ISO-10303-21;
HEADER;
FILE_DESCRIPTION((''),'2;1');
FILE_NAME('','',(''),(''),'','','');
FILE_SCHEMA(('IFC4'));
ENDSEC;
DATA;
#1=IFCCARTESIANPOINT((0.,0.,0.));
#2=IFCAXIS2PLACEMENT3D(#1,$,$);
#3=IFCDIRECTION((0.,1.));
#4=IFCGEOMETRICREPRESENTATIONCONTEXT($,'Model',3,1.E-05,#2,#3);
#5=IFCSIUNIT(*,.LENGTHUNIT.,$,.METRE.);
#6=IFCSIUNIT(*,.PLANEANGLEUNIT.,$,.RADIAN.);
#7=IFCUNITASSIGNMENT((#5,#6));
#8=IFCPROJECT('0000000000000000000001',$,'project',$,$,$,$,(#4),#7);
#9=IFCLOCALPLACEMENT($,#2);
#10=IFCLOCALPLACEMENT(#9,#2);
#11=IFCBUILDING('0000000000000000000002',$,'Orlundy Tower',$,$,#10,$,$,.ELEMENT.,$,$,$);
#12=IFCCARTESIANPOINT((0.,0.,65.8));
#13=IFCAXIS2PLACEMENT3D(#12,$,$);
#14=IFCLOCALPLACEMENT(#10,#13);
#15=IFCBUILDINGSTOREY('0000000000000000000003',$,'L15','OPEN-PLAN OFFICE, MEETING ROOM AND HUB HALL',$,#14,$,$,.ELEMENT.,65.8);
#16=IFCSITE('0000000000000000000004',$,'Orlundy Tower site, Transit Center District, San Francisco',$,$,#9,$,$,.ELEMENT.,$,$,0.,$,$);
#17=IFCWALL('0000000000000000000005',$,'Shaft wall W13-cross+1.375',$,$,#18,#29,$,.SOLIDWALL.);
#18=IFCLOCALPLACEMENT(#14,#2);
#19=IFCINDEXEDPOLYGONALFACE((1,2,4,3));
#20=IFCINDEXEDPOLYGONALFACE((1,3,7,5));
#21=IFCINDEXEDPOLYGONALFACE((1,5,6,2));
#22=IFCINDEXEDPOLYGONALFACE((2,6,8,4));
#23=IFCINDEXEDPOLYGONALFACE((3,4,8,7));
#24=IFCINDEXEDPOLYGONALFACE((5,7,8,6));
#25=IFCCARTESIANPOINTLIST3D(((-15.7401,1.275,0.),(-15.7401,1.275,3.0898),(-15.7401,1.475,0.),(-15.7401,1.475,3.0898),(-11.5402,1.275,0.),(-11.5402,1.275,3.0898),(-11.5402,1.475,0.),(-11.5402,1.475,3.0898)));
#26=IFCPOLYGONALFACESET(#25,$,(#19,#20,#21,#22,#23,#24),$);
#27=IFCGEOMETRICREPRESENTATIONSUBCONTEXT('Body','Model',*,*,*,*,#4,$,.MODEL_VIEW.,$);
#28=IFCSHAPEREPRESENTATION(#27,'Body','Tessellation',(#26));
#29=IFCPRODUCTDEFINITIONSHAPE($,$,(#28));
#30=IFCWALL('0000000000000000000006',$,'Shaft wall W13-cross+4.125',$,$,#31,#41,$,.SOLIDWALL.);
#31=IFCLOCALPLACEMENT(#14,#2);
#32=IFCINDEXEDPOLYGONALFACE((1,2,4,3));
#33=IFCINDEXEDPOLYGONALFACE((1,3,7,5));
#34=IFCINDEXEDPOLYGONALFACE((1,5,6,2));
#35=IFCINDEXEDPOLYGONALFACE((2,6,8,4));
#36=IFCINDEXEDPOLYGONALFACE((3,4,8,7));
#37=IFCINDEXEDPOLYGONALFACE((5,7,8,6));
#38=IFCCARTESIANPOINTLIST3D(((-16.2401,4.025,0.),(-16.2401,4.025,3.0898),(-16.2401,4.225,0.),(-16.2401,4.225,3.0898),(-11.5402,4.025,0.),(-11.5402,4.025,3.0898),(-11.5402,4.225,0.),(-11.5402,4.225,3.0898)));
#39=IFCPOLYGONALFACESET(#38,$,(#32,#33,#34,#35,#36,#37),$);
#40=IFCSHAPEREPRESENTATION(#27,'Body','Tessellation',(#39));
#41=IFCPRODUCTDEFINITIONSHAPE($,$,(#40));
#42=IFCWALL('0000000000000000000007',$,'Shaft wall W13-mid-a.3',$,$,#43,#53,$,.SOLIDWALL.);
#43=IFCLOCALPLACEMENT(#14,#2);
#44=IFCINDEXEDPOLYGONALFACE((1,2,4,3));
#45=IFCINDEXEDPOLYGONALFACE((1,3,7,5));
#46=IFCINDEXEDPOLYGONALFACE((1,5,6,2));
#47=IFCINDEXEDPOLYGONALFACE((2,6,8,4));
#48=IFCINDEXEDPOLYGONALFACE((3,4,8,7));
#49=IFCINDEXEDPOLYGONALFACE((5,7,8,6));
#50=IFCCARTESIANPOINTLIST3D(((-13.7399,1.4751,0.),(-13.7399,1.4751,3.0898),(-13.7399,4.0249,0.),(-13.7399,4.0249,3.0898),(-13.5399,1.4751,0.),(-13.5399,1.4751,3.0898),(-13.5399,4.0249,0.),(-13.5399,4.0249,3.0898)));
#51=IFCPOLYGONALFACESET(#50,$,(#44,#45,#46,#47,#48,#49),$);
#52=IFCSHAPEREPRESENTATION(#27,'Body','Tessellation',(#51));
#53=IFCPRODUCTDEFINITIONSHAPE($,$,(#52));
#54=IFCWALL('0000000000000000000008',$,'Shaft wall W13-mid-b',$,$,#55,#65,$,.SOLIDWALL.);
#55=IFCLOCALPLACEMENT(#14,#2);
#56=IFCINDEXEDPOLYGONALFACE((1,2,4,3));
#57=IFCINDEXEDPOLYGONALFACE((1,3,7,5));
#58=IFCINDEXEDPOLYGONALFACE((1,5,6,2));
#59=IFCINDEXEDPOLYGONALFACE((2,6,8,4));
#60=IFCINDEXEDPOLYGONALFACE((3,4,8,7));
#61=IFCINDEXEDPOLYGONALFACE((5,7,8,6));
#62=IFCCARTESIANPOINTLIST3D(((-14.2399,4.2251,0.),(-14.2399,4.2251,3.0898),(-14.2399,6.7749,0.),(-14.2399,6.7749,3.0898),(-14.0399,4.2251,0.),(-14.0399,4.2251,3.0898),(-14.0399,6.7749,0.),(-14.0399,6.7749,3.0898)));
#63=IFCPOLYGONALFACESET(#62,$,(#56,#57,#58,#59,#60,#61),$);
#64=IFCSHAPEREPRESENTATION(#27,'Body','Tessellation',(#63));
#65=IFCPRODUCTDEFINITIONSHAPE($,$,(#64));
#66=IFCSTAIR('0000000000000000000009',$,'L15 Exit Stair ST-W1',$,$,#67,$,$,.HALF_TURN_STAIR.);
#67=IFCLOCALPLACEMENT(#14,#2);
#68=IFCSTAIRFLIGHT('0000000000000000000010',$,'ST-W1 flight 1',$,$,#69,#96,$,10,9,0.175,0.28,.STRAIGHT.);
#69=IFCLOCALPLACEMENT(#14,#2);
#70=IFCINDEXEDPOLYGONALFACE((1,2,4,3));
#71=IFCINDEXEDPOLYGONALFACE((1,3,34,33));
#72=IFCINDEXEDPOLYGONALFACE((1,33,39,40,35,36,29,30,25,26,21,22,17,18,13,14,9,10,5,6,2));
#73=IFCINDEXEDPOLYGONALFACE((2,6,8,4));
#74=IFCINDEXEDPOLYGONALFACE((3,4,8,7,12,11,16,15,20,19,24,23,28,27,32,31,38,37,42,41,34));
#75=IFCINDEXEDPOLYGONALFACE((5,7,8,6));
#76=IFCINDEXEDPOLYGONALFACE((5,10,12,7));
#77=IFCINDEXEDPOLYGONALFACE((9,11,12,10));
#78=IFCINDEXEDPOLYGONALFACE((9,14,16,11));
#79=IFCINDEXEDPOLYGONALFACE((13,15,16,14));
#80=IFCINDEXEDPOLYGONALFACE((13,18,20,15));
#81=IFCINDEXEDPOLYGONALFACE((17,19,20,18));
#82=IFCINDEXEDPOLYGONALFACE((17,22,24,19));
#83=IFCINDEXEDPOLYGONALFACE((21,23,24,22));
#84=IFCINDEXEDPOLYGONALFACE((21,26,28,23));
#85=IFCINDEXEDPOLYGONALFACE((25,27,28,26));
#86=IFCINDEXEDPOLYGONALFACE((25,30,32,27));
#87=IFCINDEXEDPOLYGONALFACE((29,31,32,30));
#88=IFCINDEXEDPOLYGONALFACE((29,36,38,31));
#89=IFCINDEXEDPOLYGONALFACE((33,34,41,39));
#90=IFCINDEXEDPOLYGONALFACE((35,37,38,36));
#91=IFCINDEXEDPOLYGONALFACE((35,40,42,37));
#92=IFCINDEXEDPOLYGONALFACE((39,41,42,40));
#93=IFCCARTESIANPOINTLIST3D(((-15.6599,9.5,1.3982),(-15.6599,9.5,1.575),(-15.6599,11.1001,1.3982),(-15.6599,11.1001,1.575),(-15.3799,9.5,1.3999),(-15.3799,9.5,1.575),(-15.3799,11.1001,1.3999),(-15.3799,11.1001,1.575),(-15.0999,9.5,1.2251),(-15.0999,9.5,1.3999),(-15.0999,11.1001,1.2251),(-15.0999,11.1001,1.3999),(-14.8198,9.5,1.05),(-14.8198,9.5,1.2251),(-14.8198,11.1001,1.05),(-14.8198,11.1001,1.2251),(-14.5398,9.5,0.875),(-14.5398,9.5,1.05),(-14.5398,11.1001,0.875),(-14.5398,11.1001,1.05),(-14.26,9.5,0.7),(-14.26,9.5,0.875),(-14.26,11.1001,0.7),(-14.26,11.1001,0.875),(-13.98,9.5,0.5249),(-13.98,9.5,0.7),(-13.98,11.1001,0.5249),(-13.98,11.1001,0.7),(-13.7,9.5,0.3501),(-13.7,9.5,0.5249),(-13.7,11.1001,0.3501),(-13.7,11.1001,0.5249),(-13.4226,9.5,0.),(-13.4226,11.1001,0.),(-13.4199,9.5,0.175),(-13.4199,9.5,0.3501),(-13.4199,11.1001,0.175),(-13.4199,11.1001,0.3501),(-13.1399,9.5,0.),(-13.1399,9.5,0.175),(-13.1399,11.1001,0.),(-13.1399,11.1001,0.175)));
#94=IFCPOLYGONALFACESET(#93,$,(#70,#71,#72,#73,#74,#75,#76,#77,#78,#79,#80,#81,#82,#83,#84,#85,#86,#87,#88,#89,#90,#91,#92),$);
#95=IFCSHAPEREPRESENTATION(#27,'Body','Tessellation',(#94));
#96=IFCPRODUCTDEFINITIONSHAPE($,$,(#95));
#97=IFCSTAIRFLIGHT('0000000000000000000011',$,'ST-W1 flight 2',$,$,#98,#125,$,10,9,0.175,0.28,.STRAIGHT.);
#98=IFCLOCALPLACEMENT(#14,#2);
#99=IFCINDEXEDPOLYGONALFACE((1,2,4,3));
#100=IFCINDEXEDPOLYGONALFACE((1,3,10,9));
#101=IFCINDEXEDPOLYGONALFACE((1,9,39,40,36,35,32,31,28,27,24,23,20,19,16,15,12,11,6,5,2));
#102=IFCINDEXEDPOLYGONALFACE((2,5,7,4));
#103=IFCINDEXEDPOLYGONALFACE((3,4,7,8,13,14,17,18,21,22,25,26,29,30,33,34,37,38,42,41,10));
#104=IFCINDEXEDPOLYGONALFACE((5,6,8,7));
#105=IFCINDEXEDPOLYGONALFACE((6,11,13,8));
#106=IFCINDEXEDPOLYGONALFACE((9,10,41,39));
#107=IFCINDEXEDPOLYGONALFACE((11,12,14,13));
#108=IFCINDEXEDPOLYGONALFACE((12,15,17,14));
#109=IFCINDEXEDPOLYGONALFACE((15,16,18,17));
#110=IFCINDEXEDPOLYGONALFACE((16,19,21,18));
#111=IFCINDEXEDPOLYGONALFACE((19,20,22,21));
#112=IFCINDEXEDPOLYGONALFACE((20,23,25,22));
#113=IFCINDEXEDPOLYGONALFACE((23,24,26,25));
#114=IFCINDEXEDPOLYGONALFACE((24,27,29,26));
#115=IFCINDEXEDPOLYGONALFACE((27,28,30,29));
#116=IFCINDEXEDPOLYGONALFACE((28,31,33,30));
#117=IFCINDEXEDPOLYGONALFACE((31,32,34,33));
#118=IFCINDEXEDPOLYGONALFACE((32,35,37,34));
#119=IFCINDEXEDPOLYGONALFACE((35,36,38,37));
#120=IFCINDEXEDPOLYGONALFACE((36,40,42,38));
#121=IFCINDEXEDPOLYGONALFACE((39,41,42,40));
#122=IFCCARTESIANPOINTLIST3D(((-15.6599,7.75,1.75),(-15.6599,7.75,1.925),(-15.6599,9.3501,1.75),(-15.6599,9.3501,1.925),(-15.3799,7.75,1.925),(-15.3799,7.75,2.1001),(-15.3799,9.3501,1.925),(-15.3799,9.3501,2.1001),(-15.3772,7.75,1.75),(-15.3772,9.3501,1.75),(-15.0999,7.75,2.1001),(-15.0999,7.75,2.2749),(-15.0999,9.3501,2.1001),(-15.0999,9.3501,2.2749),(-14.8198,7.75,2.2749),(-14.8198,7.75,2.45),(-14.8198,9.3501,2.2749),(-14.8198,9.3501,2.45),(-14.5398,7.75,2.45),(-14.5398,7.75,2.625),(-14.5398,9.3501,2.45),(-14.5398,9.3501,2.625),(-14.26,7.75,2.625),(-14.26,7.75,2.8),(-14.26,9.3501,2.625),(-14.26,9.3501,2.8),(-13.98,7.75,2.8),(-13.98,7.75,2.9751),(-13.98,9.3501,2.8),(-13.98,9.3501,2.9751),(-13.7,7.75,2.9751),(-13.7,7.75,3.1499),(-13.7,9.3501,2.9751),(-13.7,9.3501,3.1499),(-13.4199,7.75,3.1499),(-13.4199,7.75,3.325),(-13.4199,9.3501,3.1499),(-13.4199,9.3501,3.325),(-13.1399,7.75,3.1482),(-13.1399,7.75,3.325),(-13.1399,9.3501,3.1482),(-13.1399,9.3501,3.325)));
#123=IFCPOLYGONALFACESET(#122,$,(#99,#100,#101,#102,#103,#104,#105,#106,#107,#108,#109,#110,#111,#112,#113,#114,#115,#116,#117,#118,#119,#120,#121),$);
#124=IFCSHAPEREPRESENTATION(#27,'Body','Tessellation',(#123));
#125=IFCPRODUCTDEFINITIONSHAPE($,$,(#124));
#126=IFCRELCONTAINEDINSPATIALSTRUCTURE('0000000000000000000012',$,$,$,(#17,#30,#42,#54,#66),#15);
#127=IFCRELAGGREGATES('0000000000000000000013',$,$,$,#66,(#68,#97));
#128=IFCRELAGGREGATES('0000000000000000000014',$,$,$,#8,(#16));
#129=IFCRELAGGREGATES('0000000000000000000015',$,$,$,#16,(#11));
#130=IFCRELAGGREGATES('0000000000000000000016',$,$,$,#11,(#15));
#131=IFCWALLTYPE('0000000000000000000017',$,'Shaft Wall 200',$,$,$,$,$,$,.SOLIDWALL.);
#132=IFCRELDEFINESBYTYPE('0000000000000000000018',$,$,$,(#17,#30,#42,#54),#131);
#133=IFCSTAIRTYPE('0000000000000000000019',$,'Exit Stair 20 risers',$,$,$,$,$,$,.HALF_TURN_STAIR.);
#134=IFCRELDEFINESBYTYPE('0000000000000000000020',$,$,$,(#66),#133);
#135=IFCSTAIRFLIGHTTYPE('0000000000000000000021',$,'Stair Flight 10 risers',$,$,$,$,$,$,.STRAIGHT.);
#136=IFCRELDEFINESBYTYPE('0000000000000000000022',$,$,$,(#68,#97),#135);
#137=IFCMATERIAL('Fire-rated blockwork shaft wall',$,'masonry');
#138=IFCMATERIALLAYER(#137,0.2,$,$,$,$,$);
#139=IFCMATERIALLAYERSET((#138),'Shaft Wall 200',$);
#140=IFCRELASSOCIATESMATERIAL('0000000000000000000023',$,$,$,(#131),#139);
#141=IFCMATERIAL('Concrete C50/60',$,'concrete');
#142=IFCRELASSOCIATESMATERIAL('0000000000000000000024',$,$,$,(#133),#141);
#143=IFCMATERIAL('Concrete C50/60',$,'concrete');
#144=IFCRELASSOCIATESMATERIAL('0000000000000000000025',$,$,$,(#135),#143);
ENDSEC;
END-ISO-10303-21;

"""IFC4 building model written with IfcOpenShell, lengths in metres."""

from ifc_helpers import new_model, si_unit, direction, frame, frame_2d, origin, place, context, subcontext, project, spatial, polyline, rectangle, outline, extrude, material, layer, layer_set, type_object, element, aggregate, save


model = new_model("IFC4")

# Units and contexts
model_context = context("Model", 3, precision=1e-05, world=origin(), true_north=direction((0.0, 1.0)))
body_context = subcontext(model_context, "Body", "Model", "MODEL_VIEW")
ifc_project = project(units=[si_unit("LENGTHUNIT", "METRE"), si_unit("PLANEANGLEUNIT", "RADIAN")], contexts=[model_context])

# Site, building, storey
site_placement = place(None, origin())
site = spatial("IfcSite", under=ifc_project, at=site_placement, Name="Orlundy Tower site, Transit Center District, San Francisco", CompositionType="ELEMENT", RefElevation=0.0)
building_placement = place(site_placement, origin())
building = spatial("IfcBuilding", under=site, at=building_placement, Name="Orlundy Tower", CompositionType="ELEMENT")
storey_placement = place(building_placement, frame((0.0, 0.0, 65.8)))
storey = spatial("IfcBuildingStorey", under=building, at=storey_placement, Name="L15", Description="OPEN-PLAN OFFICE, MEETING ROOM AND HUB HALL", CompositionType="ELEMENT", Elevation=65.8)

# Walls
ifc_material_1 = material(Name="Fire-rated blockwork shaft wall", Category="masonry")
ifc_layer_1 = layer(ifc_material_1, 0.2)
ifc_layer_set_1 = layer_set([ifc_layer_1], Name="Shaft Wall 200")
wall_type_1 = type_object("IfcWallType", Name="Shaft Wall 200", PredefinedType="SOLIDWALL", material=ifc_layer_set_1)
wall_1_placement = place(storey_placement, frame((-11.54, 1.375, 0.0), z_axis=(0.0, 0.0, 1.0), x_axis=(-1.0, 0.0, 0.0)))
element("IfcWall", 1, at=wall_1_placement, inside=storey, type_object=wall_type_1, Name="Shaft wall W13-cross+1.375", PredefinedType="SOLIDWALL", context=body_context, shape_type="SweptSolid", body=[
    extrude(rectangle(XDim=4.2, YDim=0.2, at=frame_2d((2.1001, 0.0))), origin(), (0.0, 0.0, 1.0), 3.0898),
])
wall_2_placement = place(storey_placement, frame((-11.54, 4.125, 0.0), z_axis=(0.0, 0.0, 1.0), x_axis=(-1.0, 0.0, 0.0)))
element("IfcWall", 2, at=wall_2_placement, inside=storey, type_object=wall_type_1, Name="Shaft wall W13-cross+4.125", PredefinedType="SOLIDWALL", context=body_context, shape_type="SweptSolid", body=[
    extrude(rectangle(XDim=4.7, YDim=0.2, at=frame_2d((2.3501, 0.0))), origin(), (0.0, 0.0, 1.0), 3.0898),
])
for number, where, z_axis, x_axis, name in (
    (3, (-13.6399, 1.4751, 0.0), (0.0, 0.0, 1.0), (0.0, 1.0, 0.0), "Shaft wall W13-mid-a.3"),
    (4, (-14.1399, 4.2251, 0.0), (0.0, 0.0, 1.0), (0.0, 1.0, 0.0), "Shaft wall W13-mid-b"),
):
    element("IfcWall", number, at=place(storey_placement, frame(where, z_axis=z_axis, x_axis=x_axis)), inside=storey, type_object=wall_type_1, Name=name, PredefinedType="SOLIDWALL", context=body_context, shape_type="SweptSolid", body=[
        extrude(rectangle(XDim=2.5498, YDim=0.2, at=frame_2d((1.2749, 0.0))), origin(), (0.0, 0.0, 1.0), 3.0898),
    ])

# Stair, stair flights
ifc_material_2 = material(Name="Concrete C50/60", Category="concrete")
stair_type = type_object("IfcStairType", Name="Exit Stair 20 risers", PredefinedType="HALF_TURN_STAIR", material=ifc_material_2)
stair_placement = place(storey_placement, origin())
stair = element("IfcStair", 5, at=stair_placement, inside=storey, type_object=stair_type, Name="L15 Exit Stair ST-W1", PredefinedType="HALF_TURN_STAIR")
ifc_material_3 = material(Name="Concrete C50/60", Category="concrete")
stair_flight_type = type_object("IfcStairFlightType", Name="Stair Flight 10 risers", PredefinedType="STRAIGHT", material=ifc_material_3)
stair_flight_1_placement = place(storey_placement, frame((-13.1399, 10.3, 0.0), z_axis=(0.0, 0.0, 1.0), x_axis=(-1.0, 0.0, 0.0)))
stair_flight_1 = element("IfcStairFlight", 6, at=stair_flight_1_placement, type_object=stair_flight_type, Name="ST-W1 flight 1", NumberOfRisers=10, NumberOfTreads=9, PredefinedType="STRAIGHT", RiserHeight=0.175, TreadLength=0.28, context=body_context, shape_type="SweptSolid", body=[
    extrude(outline(polyline([(0.0, 0.0), (0.0, 0.175), (0.28, 0.175), (0.28, 0.3501), (0.5601, 0.3501), (0.5601, 0.5249), (0.8401, 0.5249), (0.8401, 0.7), (1.1201, 0.7), (1.1201, 0.875), (1.3999, 0.875), (1.3999, 1.05), (1.6799, 1.05), (1.6799, 1.2251), (1.96, 1.2251), (1.96, 1.3999), (2.24, 1.3999), (2.24, 1.575), (2.52, 1.575), (2.52, 1.75), (2.52, 1.3982), (0.2827, 0.0), (0.0, 0.0)])), frame((0.0, 0.8, 0.0), z_axis=(0.0, -1.0, 0.0), x_axis=(1.0, 0.0, 0.0)), (0.0, 0.0, 1.0), 1.6001),
])
stair_flight_2_placement = place(storey_placement, frame((-15.6599, 8.55, 1.75), z_axis=(0.0, 0.0, 1.0), x_axis=(1.0, 0.0, 0.0)))
stair_flight_2 = element("IfcStairFlight", 7, at=stair_flight_2_placement, type_object=stair_flight_type, Name="ST-W1 flight 2", NumberOfRisers=10, NumberOfTreads=9, PredefinedType="STRAIGHT", RiserHeight=0.175, TreadLength=0.28, context=body_context, shape_type="SweptSolid", body=[
    extrude(outline(polyline([(0.0, 0.0), (0.0, 0.175), (0.28, 0.175), (0.28, 0.3501), (0.5601, 0.3501), (0.5601, 0.5249), (0.8401, 0.5249), (0.8401, 0.7), (1.1201, 0.7), (1.1201, 0.875), (1.3999, 0.875), (1.3999, 1.05), (1.6799, 1.05), (1.6799, 1.2251), (1.96, 1.2251), (1.96, 1.3999), (2.24, 1.3999), (2.24, 1.575), (2.52, 1.575), (2.52, 1.75), (2.52, 1.3982), (0.2827, 0.0), (0.0, 0.0)])), frame((0.0, 0.8, 0.0), z_axis=(0.0, -1.0, 0.0), x_axis=(1.0, 0.0, 0.0)), (0.0, 0.0, 1.0), 1.6001),
])
aggregate(stair, [stair_flight_1, stair_flight_2])

save(model, "model.ifc")
